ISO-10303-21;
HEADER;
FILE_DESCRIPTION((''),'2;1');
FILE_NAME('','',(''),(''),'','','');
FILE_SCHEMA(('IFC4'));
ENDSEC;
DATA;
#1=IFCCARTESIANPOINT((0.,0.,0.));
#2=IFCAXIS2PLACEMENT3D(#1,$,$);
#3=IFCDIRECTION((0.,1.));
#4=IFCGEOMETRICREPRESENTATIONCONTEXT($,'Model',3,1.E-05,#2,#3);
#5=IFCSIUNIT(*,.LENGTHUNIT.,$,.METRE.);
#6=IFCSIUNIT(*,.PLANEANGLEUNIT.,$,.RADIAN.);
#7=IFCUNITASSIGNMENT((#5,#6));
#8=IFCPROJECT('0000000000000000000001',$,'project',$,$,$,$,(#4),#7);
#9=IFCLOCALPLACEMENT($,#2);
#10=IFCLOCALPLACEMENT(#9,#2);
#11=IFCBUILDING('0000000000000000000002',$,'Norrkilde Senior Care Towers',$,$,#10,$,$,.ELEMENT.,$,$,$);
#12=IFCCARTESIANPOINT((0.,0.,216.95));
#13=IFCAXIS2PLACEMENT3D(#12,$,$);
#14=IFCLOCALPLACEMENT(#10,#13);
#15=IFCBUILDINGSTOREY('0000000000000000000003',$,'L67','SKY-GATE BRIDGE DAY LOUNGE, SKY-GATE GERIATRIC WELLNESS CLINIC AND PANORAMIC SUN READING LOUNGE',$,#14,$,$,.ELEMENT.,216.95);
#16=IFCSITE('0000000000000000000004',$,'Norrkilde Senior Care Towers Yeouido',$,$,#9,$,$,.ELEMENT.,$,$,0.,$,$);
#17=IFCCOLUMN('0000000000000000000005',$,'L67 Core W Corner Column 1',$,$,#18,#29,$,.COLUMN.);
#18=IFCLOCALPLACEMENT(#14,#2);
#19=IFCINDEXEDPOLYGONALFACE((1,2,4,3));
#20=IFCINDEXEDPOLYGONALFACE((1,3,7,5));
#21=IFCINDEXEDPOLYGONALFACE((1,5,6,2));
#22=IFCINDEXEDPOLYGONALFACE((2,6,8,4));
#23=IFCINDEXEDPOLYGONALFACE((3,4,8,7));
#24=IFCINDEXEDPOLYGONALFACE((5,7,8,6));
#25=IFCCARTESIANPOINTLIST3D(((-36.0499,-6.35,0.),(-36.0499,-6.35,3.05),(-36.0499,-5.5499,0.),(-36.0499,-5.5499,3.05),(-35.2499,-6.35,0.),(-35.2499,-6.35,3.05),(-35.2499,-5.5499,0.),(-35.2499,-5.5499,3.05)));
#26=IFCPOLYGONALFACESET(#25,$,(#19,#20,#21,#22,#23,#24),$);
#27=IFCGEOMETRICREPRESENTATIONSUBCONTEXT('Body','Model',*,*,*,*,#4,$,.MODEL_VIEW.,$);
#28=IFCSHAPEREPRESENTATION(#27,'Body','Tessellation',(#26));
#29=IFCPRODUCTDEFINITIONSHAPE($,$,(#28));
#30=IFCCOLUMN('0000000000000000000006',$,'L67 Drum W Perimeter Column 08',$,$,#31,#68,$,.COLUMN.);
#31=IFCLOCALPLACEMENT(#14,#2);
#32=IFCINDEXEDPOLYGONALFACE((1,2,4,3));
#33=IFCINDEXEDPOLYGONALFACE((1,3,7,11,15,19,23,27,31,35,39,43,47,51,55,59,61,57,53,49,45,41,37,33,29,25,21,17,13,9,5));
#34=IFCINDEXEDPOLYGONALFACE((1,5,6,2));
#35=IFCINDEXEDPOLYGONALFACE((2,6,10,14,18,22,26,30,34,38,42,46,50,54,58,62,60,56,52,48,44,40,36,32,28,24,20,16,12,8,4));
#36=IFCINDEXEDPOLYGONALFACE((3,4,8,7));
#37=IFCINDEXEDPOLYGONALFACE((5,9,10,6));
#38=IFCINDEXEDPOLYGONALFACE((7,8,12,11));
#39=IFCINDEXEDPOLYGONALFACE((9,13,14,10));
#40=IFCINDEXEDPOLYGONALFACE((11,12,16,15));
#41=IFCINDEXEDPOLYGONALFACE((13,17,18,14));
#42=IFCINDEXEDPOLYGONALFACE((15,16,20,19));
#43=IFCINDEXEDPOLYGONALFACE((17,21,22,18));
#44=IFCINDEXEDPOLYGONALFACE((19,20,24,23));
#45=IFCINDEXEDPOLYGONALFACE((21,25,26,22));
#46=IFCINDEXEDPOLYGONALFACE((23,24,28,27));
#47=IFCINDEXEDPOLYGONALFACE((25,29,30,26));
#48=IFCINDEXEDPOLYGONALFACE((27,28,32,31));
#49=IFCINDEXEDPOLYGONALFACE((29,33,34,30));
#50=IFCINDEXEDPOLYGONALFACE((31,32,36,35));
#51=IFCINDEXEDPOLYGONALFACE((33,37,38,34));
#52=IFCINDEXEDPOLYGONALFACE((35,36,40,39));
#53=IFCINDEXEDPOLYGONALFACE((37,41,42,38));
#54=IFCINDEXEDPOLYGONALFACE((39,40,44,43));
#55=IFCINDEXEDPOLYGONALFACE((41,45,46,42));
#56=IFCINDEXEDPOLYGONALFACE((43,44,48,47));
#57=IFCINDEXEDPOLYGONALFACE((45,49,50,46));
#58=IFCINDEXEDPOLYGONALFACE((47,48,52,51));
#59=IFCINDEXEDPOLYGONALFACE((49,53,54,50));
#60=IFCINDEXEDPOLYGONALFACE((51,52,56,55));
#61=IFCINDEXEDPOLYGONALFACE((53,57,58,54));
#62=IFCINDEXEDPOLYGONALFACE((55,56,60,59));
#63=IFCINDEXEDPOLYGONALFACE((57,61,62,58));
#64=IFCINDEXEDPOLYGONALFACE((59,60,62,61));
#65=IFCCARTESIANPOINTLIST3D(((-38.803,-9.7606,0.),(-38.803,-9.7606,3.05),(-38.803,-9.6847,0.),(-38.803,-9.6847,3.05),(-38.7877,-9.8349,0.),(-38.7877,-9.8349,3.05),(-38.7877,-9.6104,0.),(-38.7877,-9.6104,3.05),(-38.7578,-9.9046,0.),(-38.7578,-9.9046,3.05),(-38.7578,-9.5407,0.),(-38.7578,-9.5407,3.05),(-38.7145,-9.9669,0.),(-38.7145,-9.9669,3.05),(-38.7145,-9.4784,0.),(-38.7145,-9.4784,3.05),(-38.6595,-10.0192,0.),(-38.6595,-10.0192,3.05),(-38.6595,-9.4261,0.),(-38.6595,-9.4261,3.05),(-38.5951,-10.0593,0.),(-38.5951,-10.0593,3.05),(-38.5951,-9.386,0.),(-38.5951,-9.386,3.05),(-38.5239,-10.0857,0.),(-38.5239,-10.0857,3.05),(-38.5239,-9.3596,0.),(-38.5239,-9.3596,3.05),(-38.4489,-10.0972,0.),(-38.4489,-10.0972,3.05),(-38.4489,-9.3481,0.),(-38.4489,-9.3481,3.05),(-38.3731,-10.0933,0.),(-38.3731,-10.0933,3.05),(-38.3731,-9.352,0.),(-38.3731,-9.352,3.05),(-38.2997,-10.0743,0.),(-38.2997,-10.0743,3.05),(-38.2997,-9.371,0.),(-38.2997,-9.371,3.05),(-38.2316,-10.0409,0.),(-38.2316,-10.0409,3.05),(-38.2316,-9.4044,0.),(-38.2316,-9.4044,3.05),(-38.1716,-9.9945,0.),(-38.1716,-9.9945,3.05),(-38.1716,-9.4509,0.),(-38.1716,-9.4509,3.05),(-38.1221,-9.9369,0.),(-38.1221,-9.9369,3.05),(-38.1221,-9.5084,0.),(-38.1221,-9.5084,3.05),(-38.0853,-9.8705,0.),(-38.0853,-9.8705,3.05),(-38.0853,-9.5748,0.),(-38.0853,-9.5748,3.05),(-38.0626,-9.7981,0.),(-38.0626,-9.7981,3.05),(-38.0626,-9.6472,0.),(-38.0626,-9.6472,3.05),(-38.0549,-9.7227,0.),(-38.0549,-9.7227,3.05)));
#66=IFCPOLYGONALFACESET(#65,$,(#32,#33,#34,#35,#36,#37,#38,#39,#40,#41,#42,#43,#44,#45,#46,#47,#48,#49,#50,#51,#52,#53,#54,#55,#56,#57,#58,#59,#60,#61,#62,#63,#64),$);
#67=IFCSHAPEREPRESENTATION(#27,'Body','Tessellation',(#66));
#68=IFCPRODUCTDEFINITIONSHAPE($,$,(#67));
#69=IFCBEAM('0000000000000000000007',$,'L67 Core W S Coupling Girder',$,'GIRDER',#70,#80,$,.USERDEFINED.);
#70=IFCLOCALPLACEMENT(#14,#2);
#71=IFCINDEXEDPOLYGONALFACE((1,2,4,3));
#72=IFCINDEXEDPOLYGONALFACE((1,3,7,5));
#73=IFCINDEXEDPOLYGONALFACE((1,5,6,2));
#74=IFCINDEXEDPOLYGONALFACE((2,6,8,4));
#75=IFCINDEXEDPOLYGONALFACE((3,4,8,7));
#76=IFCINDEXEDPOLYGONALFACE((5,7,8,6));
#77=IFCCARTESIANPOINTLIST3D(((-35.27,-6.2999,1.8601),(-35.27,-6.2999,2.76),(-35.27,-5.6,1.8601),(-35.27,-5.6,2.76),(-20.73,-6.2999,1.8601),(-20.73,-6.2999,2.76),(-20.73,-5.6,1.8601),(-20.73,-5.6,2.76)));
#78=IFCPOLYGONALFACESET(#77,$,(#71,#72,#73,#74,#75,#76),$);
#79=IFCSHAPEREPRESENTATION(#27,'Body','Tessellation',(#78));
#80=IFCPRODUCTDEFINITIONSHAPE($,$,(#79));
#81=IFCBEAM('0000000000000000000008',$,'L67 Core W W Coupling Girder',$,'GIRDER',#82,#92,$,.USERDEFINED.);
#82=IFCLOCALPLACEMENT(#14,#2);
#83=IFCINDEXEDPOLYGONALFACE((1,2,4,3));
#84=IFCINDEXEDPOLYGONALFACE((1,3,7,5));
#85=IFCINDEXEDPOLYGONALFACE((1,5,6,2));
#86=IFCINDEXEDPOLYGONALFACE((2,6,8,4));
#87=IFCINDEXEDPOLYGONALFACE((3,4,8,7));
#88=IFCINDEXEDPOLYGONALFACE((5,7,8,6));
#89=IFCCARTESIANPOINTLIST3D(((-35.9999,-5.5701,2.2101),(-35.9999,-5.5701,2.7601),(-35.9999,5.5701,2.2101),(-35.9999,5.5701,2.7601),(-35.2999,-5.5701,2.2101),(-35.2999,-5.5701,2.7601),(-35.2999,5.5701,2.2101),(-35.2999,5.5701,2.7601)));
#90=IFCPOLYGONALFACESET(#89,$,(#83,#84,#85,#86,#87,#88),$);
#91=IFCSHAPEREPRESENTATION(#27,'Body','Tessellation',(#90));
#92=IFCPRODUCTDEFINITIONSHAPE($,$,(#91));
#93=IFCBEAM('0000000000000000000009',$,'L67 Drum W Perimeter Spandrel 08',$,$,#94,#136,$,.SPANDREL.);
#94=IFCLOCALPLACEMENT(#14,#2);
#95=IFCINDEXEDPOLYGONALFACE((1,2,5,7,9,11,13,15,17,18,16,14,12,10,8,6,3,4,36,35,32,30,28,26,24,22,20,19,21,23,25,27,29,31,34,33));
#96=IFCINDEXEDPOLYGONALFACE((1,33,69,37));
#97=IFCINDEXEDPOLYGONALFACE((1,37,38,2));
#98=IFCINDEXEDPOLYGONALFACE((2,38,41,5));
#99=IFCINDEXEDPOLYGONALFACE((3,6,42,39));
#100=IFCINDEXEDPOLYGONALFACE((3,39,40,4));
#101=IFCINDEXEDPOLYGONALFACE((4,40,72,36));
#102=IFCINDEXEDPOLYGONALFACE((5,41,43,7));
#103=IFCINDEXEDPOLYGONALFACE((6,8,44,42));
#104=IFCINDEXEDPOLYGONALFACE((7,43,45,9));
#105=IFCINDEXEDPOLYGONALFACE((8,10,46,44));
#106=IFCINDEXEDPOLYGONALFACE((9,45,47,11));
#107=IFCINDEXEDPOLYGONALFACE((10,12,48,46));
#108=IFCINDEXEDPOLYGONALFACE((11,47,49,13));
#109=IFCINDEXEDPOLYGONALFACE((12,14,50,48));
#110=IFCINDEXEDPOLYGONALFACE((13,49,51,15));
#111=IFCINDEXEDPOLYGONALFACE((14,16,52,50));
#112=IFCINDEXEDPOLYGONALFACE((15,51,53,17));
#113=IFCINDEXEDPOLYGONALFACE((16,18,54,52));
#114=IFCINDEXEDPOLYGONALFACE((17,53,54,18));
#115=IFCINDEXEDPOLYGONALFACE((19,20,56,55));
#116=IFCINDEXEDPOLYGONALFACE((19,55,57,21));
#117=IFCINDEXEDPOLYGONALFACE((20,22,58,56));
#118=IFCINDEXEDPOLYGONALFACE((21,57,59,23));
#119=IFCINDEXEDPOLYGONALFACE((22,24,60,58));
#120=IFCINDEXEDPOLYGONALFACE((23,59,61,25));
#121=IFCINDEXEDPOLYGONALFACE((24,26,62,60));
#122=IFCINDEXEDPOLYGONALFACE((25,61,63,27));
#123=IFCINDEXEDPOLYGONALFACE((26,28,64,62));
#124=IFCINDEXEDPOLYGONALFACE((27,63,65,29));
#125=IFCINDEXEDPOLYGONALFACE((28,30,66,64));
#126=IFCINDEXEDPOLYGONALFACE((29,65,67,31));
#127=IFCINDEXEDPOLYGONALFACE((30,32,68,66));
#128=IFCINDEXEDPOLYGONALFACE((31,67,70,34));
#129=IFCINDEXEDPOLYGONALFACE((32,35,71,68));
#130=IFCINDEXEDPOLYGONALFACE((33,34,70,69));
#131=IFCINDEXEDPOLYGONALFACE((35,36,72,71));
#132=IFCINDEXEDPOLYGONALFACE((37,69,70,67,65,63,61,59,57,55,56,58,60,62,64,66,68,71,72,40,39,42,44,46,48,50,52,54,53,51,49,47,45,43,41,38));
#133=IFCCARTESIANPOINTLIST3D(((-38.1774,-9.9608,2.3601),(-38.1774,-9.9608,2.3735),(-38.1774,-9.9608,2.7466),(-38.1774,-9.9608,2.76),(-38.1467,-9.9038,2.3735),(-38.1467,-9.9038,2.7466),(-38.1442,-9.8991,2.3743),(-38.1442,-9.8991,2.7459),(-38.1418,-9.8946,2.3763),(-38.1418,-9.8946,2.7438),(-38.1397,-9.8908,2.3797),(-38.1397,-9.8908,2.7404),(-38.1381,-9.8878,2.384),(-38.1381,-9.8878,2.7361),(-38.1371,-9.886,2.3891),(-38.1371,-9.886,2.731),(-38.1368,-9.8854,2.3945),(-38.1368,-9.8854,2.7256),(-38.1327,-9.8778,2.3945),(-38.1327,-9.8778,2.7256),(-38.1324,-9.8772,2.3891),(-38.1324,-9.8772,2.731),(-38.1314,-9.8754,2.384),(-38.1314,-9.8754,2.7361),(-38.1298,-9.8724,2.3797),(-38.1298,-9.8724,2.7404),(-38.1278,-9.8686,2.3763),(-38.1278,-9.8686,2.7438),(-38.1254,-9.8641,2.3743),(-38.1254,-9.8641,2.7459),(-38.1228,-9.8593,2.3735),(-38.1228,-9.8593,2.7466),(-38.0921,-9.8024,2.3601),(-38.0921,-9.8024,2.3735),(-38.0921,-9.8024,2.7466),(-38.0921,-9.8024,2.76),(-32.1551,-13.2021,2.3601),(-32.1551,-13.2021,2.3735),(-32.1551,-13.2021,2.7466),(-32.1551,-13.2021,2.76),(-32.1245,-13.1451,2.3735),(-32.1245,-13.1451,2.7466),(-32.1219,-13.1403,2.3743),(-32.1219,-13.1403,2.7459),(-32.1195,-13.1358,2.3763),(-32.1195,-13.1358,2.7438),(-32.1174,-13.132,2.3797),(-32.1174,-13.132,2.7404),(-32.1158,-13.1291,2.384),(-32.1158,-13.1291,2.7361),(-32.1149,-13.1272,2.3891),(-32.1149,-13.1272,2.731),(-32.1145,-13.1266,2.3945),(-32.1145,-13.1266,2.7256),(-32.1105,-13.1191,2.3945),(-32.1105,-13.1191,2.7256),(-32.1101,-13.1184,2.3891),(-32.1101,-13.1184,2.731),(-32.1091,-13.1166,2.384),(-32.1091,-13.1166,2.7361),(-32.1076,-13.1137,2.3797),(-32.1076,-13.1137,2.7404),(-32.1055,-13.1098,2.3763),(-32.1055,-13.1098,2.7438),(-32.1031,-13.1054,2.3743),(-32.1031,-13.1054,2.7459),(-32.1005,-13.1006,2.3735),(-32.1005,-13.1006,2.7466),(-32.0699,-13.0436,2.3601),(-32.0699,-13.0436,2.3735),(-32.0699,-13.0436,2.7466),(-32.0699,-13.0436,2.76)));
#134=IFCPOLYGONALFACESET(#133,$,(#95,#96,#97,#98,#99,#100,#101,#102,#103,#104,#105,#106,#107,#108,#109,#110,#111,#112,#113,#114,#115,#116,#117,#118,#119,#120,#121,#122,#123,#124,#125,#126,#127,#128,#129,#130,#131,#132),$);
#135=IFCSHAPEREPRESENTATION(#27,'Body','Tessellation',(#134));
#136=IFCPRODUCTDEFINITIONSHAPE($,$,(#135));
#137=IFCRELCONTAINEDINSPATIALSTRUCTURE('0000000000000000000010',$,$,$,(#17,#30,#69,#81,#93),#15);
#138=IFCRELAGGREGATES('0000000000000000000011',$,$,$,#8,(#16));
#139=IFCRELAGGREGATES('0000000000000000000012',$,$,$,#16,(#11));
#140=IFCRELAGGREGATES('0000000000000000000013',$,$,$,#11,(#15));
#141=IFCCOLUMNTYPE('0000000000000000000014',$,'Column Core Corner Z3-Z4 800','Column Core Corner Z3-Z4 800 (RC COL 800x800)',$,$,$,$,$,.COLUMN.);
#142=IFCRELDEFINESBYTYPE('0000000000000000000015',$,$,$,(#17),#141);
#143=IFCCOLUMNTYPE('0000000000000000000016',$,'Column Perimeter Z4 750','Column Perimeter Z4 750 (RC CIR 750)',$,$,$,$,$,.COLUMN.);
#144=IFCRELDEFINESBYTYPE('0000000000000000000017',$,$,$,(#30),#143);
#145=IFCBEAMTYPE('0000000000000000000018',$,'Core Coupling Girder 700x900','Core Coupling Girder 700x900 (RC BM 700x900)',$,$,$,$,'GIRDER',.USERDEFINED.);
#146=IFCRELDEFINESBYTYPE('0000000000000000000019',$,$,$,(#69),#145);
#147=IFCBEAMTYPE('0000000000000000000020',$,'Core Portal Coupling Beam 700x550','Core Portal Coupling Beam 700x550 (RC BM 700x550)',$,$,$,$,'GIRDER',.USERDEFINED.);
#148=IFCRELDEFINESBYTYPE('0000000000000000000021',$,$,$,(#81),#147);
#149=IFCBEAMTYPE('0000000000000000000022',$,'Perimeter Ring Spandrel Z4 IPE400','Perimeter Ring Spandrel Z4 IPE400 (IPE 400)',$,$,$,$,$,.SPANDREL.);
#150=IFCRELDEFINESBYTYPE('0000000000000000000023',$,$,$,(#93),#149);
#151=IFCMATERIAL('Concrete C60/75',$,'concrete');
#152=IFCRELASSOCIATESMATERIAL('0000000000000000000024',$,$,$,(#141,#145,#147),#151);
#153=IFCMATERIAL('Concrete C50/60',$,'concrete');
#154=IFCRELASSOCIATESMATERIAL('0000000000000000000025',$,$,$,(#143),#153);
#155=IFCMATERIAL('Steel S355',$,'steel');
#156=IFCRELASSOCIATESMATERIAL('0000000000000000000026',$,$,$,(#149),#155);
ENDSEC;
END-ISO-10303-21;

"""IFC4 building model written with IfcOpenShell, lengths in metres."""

from ifc_helpers import new_model, si_unit, direction, frame, origin, origin_2d, place, context, subcontext, project, spatial, rectangle, circle, i_section, extrude, source, transform, mapped, material, material_profile, profile_set, type_object, type_shapes, element, save


model = new_model("IFC4")

# Units and contexts
model_context = context("Model", 3, precision=1e-05, world=origin(), true_north=direction((0.0, 1.0)))
body_context = subcontext(model_context, "Body", "Model", "MODEL_VIEW")
ifc_project = project(units=[si_unit("LENGTHUNIT", "METRE"), si_unit("PLANEANGLEUNIT", "RADIAN")], contexts=[model_context])

# Site, building, storey
site_placement = place(None, origin())
site = spatial("IfcSite", under=ifc_project, at=site_placement, Name="Norrkilde Senior Care Towers Yeouido", CompositionType="ELEMENT", RefElevation=0.0)
building_placement = place(site_placement, origin())
building = spatial("IfcBuilding", under=site, at=building_placement, Name="Norrkilde Senior Care Towers", CompositionType="ELEMENT")
storey_placement = place(building_placement, frame((0.0, 0.0, 216.95)))
storey = spatial("IfcBuildingStorey", under=building, at=storey_placement, Name="L67", Description="SKY-GATE BRIDGE DAY LOUNGE, SKY-GATE GERIATRIC WELLNESS CLINIC AND PANORAMIC SUN READING LOUNGE", CompositionType="ELEMENT", Elevation=216.95)

# Columns
ifc_material_1 = material(Name="Concrete C60/75", Category="concrete")
ifc_material_profile_1 = material_profile(ifc_material_1, rectangle(XDim=0.8, YDim=0.8, at=origin_2d()), Name="RC COL 800x800")
ifc_profile_set_1 = profile_set([ifc_material_profile_1], Name="Concrete C60/75")
column_type_1 = type_object("IfcColumnType", Name="Column Core Corner Z3-Z4 800", Description="Column Core Corner Z3-Z4 800 (RC COL 800x800)", PredefinedType="COLUMN", material=ifc_profile_set_1)
shared_shape_1 = source(origin(), body_context, "Body", "SweptSolid", [
    extrude(rectangle(XDim=0.8, YDim=0.8, at=origin_2d()), origin(), (0.0, 0.0, 1.0), 3.05),
])
type_shapes(column_type_1, [shared_shape_1])
column_1_placement = place(storey_placement, frame((-35.6499, -5.95, 0.0), z_axis=(0.0, 0.0, 1.0), x_axis=(1.0, 0.0, 0.0)))
element("IfcColumn", 1, at=column_1_placement, inside=storey, type_object=column_type_1, Name="L67 Core W Corner Column 1", PredefinedType="COLUMN", context=body_context, shape_type="MappedRepresentation", body=[
    mapped(shared_shape_1, transform((0.0, 0.0, 0.0), x_axis=(1.0, 0.0, 0.0), y_axis=(0.0, 1.0, 0.0), z_axis=(0.0, 0.0, 1.0), scale=1.0)),
])
ifc_material_2 = material(Name="Concrete C50/60", Category="concrete")
ifc_material_profile_2 = material_profile(ifc_material_2, circle(Radius=0.375, at=origin_2d()), Name="RC CIR 750")
ifc_profile_set_2 = profile_set([ifc_material_profile_2], Name="Concrete C50/60")
column_type_2 = type_object("IfcColumnType", Name="Column Perimeter Z4 750", Description="Column Perimeter Z4 750 (RC CIR 750)", PredefinedType="COLUMN", material=ifc_profile_set_2)
shared_shape_2 = source(origin(), body_context, "Body", "SweptSolid", [
    extrude(circle(Radius=0.375, at=origin_2d()), origin(), (0.0, 0.0, 1.0), 3.05),
])
type_shapes(column_type_2, [shared_shape_2])
column_2_placement = place(storey_placement, frame((-38.4299, -9.7227, 0.0), z_axis=(0.0, 0.0, 1.0), x_axis=(1.0, 0.0, 0.0)))
element("IfcColumn", 2, at=column_2_placement, inside=storey, type_object=column_type_2, Name="L67 Drum W Perimeter Column 08", PredefinedType="COLUMN", context=body_context, shape_type="MappedRepresentation", body=[
    mapped(shared_shape_2, transform((0.0, 0.0, 0.0), x_axis=(1.0, 0.0, 0.0), y_axis=(0.0, 1.0, 0.0), z_axis=(0.0, 0.0, 1.0), scale=1.0)),
])

# Beams
ifc_material_profile_3 = material_profile(ifc_material_1, rectangle(XDim=0.7, YDim=0.8999, at=origin_2d()), Name="RC BM 700x900")
ifc_profile_set_3 = profile_set([ifc_material_profile_3], Name="Concrete C60/75")
beam_type_1 = type_object("IfcBeamType", Name="Core Coupling Girder 700x900", Description="Core Coupling Girder 700x900 (RC BM 700x900)", ElementType="GIRDER", PredefinedType="USERDEFINED", material=ifc_profile_set_3)
shared_shape_3 = source(origin(), body_context, "Body", "SweptSolid", [
    extrude(rectangle(XDim=0.7, YDim=0.8999, at=origin_2d()), origin(), (0.0, 0.0, 1.0), 14.54),
])
type_shapes(beam_type_1, [shared_shape_3])
beam_1_placement = place(storey_placement, frame((-35.27, -5.95, 2.3101), z_axis=(1.0, 0.0, 0.0), x_axis=(0.0, 1.0, 0.0)))
element("IfcBeam", 3, at=beam_1_placement, inside=storey, type_object=beam_type_1, Name="L67 Core W S Coupling Girder", ObjectType="GIRDER", PredefinedType="USERDEFINED", context=body_context, shape_type="MappedRepresentation", body=[
    mapped(shared_shape_3, transform((0.0, 0.0, 0.0), x_axis=(1.0, 0.0, 0.0), y_axis=(0.0, 1.0, 0.0), z_axis=(0.0, 0.0, 1.0), scale=1.0)),
])
ifc_material_profile_4 = material_profile(ifc_material_1, rectangle(XDim=0.7, YDim=0.55, at=origin_2d()), Name="RC BM 700x550")
ifc_profile_set_4 = profile_set([ifc_material_profile_4], Name="Concrete C60/75")
beam_type_2 = type_object("IfcBeamType", Name="Core Portal Coupling Beam 700x550", Description="Core Portal Coupling Beam 700x550 (RC BM 700x550)", ElementType="GIRDER", PredefinedType="USERDEFINED", material=ifc_profile_set_4)
shared_shape_4 = source(origin(), body_context, "Body", "SweptSolid", [
    extrude(rectangle(XDim=0.7, YDim=0.55, at=origin_2d()), origin(), (0.0, 0.0, 1.0), 11.1401),
])
type_shapes(beam_type_2, [shared_shape_4])
beam_2_placement = place(storey_placement, frame((-35.6499, -5.5701, 2.4851), z_axis=(0.0, 1.0, 0.0), x_axis=(-1.0, 0.0, 0.0)))
element("IfcBeam", 4, at=beam_2_placement, inside=storey, type_object=beam_type_2, Name="L67 Core W W Coupling Girder", ObjectType="GIRDER", PredefinedType="USERDEFINED", context=body_context, shape_type="MappedRepresentation", body=[
    mapped(shared_shape_4, transform((0.0, 0.0, 0.0), x_axis=(1.0, 0.0, 0.0), y_axis=(0.0, 1.0, 0.0), z_axis=(0.0, 0.0, 1.0), scale=1.0)),
])
ifc_material_3 = material(Name="Steel S355", Category="steel")
ifc_material_profile_5 = material_profile(ifc_material_3, i_section(OverallWidth=0.1799, OverallDepth=0.3999, WebThickness=0.0085, FlangeThickness=0.0134, FilletRadius=0.021, at=origin_2d()), Name="IPE 400")
ifc_profile_set_5 = profile_set([ifc_material_profile_5], Name="Steel S355")
beam_type_3 = type_object("IfcBeamType", Name="Perimeter Ring Spandrel Z4 IPE400", Description="Perimeter Ring Spandrel Z4 IPE400 (IPE 400)", PredefinedType="SPANDREL", material=ifc_profile_set_5)
shared_shape_5 = source(origin(), body_context, "Body", "SweptSolid", [
    extrude(i_section(OverallWidth=0.1799, OverallDepth=0.3999, WebThickness=0.0085, FlangeThickness=0.0134, FilletRadius=0.021, at=origin_2d()), origin(), (0.0, 0.0, 1.0), 6.8391),
])
type_shapes(beam_type_3, [shared_shape_5])
beam_3_placement = place(storey_placement, frame((-38.1348, -9.8816, 2.5601), z_axis=(0.880564, -0.473927, 0.0), x_axis=(0.473927, 0.880564, 0.0)))
element("IfcBeam", 5, at=beam_3_placement, inside=storey, type_object=beam_type_3, Name="L67 Drum W Perimeter Spandrel 08", PredefinedType="SPANDREL", context=body_context, shape_type="MappedRepresentation", body=[
    mapped(shared_shape_5, transform((0.0, 0.0, 0.0), x_axis=(1.0, 0.0, 0.0), y_axis=(0.0, 1.0, 0.0), z_axis=(0.0, 0.0, 1.0), scale=1.0)),
])

save(model, "model.ifc")
